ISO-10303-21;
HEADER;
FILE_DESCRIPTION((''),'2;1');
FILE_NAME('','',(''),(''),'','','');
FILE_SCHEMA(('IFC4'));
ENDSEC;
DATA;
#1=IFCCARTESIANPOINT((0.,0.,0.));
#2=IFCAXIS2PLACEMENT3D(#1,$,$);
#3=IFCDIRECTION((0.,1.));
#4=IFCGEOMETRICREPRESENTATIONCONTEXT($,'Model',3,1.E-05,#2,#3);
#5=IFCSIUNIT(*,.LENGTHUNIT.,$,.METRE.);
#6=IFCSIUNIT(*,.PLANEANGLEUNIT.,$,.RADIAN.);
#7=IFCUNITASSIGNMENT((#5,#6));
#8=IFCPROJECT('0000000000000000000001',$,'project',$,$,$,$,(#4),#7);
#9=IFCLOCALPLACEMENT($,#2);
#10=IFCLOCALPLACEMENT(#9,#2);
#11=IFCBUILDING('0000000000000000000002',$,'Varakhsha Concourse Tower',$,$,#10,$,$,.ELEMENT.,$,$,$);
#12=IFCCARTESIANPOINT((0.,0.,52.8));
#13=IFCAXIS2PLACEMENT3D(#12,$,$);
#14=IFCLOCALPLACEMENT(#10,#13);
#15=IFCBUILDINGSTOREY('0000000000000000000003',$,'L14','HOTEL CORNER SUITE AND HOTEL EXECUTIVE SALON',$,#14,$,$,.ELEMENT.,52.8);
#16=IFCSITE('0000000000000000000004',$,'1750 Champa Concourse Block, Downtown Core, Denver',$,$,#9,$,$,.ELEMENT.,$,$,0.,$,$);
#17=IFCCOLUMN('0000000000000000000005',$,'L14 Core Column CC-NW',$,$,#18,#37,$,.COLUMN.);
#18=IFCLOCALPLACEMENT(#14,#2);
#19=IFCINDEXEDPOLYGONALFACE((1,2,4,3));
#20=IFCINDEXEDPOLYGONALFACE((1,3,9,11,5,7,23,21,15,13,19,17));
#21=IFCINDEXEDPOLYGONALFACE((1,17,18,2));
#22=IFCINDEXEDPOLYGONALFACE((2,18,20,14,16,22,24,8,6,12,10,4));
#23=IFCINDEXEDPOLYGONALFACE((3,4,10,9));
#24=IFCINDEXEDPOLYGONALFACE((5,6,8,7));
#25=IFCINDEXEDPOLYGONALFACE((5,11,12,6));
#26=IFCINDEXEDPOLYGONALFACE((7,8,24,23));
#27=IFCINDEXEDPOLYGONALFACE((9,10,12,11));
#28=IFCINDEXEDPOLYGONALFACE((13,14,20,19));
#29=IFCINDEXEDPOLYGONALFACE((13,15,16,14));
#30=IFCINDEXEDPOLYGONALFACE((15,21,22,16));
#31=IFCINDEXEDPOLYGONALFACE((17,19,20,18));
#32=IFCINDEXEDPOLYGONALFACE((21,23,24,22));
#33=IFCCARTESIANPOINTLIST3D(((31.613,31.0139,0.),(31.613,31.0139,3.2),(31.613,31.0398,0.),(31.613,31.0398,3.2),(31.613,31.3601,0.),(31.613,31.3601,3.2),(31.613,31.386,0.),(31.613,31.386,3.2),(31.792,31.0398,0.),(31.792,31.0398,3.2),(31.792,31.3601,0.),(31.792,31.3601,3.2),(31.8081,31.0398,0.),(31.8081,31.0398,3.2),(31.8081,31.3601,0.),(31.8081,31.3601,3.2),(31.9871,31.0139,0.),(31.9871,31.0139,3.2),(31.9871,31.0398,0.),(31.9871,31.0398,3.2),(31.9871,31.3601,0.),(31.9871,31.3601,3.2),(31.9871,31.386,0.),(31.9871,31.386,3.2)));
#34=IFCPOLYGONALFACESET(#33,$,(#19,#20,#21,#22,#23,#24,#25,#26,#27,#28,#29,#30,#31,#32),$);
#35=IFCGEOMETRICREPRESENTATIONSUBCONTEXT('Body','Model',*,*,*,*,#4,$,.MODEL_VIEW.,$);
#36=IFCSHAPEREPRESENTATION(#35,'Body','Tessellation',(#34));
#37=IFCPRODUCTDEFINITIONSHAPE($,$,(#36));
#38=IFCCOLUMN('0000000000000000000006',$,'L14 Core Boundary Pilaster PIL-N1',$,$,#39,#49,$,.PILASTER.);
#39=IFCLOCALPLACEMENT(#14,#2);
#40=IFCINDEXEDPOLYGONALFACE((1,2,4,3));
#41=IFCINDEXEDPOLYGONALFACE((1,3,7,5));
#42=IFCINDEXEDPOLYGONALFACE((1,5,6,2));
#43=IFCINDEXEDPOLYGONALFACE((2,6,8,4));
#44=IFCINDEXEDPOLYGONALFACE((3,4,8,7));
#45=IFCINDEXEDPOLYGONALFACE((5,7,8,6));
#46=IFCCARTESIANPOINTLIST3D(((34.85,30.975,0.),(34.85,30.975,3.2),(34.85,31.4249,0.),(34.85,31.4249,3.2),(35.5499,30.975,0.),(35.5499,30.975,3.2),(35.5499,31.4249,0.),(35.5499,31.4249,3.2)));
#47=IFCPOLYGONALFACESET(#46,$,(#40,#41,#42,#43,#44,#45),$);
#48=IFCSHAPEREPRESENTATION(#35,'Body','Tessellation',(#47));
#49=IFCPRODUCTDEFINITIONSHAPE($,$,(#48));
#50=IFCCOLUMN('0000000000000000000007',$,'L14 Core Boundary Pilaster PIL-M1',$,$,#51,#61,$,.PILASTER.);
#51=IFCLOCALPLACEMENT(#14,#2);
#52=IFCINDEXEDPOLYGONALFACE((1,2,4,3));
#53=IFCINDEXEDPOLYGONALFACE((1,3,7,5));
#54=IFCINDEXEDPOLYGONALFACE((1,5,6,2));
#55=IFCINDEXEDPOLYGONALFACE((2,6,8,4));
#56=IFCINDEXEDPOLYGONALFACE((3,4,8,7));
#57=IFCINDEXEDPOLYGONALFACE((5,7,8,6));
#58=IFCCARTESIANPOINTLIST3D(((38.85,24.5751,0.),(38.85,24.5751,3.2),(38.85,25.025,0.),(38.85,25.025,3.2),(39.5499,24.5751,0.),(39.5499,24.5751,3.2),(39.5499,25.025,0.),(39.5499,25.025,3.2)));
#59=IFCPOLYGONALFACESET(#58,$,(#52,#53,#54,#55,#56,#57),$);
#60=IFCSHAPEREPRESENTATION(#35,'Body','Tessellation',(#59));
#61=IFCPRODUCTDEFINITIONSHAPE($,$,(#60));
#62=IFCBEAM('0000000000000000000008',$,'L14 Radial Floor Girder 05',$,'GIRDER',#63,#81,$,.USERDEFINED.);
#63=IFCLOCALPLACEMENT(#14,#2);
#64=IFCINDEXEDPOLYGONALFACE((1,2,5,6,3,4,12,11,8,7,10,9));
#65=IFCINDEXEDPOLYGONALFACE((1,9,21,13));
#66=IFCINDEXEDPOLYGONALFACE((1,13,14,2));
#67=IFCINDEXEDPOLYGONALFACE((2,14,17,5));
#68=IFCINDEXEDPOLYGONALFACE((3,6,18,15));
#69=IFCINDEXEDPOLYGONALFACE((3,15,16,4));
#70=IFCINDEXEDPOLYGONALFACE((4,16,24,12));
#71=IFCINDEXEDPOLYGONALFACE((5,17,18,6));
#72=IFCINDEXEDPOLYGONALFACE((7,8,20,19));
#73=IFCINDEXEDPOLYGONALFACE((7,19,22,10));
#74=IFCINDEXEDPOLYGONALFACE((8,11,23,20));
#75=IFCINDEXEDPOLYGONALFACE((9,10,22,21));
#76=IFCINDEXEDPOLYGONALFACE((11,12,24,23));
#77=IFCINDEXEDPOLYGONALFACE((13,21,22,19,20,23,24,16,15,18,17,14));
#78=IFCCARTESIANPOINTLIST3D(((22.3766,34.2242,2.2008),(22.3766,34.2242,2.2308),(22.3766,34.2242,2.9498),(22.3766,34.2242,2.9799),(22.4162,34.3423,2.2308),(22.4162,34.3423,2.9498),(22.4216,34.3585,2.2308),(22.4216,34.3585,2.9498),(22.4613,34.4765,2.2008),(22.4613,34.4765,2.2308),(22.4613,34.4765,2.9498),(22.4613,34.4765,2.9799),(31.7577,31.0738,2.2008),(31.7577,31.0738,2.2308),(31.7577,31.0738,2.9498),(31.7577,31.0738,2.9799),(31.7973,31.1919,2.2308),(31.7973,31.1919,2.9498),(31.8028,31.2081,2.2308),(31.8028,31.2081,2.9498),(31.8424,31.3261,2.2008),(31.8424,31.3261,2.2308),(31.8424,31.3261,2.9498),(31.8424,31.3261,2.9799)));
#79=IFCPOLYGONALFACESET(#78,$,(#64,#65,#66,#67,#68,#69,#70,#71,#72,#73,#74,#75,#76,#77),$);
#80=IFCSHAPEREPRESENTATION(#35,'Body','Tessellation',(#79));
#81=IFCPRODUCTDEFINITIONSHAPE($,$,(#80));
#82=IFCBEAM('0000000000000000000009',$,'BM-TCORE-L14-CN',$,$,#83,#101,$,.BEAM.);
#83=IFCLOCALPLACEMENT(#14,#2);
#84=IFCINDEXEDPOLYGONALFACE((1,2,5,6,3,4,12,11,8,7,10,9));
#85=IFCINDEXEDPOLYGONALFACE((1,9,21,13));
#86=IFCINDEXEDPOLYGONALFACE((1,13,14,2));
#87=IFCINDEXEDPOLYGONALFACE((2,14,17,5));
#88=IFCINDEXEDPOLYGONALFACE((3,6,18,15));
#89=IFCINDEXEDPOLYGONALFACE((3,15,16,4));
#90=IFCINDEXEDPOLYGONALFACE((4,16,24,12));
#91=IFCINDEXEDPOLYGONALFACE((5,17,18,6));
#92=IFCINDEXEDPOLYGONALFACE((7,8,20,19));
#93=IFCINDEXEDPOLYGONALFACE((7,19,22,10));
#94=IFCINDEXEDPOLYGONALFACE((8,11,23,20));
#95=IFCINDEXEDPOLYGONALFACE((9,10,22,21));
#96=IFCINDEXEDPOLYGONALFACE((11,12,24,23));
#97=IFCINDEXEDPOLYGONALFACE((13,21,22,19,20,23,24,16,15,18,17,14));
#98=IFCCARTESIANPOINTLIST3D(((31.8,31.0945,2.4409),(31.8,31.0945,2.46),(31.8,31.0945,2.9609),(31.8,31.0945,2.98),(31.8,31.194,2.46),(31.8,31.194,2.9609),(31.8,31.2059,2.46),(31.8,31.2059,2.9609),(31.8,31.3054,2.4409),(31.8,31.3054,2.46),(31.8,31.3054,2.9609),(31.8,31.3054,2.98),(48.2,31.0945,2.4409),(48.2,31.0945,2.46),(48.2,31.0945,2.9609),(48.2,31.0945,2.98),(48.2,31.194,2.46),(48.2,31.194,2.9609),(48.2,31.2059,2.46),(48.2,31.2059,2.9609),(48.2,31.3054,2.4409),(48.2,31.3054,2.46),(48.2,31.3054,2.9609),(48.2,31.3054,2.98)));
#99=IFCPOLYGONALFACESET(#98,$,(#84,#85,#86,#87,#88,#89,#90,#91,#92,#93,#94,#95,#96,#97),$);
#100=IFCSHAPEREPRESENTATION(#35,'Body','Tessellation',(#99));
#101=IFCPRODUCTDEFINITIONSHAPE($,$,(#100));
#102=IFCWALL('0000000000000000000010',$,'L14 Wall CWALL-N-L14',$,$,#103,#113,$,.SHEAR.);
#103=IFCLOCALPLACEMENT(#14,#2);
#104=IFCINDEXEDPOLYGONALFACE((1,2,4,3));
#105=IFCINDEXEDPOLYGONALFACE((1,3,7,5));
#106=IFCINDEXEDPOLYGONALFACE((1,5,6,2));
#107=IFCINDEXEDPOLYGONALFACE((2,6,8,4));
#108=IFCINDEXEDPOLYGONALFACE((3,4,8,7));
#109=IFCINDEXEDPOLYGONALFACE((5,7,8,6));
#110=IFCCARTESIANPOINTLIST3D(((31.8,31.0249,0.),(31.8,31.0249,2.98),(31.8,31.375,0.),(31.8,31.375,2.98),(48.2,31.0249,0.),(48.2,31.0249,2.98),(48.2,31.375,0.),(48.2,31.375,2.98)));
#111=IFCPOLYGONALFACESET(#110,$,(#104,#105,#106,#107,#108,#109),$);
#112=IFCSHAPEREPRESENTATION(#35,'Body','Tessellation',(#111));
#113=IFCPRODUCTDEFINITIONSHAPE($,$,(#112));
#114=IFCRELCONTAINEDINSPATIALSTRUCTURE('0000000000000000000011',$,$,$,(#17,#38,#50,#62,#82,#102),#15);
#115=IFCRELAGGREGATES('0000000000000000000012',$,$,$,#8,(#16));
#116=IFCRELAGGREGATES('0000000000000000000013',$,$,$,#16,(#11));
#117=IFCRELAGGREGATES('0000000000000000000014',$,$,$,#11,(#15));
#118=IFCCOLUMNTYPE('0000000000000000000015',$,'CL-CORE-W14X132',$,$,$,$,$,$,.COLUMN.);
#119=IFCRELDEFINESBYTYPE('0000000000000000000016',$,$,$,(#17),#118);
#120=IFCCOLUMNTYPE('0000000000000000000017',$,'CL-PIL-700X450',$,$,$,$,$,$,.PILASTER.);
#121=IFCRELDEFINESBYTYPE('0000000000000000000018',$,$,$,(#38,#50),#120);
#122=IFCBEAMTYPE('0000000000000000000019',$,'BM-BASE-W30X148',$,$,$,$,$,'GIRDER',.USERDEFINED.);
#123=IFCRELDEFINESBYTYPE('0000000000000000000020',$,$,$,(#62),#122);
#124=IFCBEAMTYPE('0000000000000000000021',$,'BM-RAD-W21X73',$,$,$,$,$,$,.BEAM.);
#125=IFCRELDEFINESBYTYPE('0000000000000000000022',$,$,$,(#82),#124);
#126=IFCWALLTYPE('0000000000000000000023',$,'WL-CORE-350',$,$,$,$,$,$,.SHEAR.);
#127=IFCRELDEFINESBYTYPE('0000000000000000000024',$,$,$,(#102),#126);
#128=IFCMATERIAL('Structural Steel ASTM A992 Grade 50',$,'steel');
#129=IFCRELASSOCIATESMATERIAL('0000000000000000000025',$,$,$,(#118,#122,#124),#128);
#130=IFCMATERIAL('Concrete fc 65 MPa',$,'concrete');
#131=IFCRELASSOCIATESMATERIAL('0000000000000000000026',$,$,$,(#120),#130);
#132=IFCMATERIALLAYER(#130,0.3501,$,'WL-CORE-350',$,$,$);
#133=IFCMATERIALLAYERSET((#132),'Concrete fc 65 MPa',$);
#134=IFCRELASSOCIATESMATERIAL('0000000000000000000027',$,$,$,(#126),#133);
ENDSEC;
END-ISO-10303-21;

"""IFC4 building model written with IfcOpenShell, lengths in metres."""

from ifc_helpers import new_model, si_unit, direction, frame, frame_2d, origin, origin_2d, place, context, subcontext, project, spatial, rectangle, i_section, extrude, material, layer, layer_set, material_profile, profile_set, type_object, element, save


model = new_model("IFC4")

# Units and contexts
model_context = context("Model", 3, precision=1e-05, world=origin(), true_north=direction((0.0, 1.0)))
body_context = subcontext(model_context, "Body", "Model", "MODEL_VIEW")
ifc_project = project(units=[si_unit("LENGTHUNIT", "METRE"), si_unit("PLANEANGLEUNIT", "RADIAN")], contexts=[model_context])

# Site, building, storey
site_placement = place(None, origin())
site = spatial("IfcSite", under=ifc_project, at=site_placement, Name="1750 Champa Concourse Block, Downtown Core, Denver", CompositionType="ELEMENT", RefElevation=0.0)
building_placement = place(site_placement, origin())
building = spatial("IfcBuilding", under=site, at=building_placement, Name="Varakhsha Concourse Tower", CompositionType="ELEMENT")
storey_placement = place(building_placement, frame((0.0, 0.0, 52.8)))
storey = spatial("IfcBuildingStorey", under=building, at=storey_placement, Name="L14", Description="HOTEL CORNER SUITE AND HOTEL EXECUTIVE SALON", CompositionType="ELEMENT", Elevation=52.8)

# Columns
ifc_material_1 = material(Name="Structural Steel ASTM A992 Grade 50", Category="steel")
ifc_material_profile_1 = material_profile(ifc_material_1, i_section(OverallWidth=0.374, OverallDepth=0.3721, WebThickness=0.0161, FlangeThickness=0.0259, at=origin_2d()), Name="W14X132")
ifc_profile_set_1 = profile_set([ifc_material_profile_1], Name="Structural Steel ASTM A992 Grade 50")
column_type_1 = type_object("IfcColumnType", Name="CL-CORE-W14X132", PredefinedType="COLUMN", material=ifc_profile_set_1)
column_placement = place(storey_placement, frame((31.8, 31.2, 0.0), z_axis=(0.0, 0.0, 1.0), x_axis=(1.0, 0.0, 0.0)))
element("IfcColumn", 1, at=column_placement, inside=storey, type_object=column_type_1, Name="L14 Core Column CC-NW", PredefinedType="COLUMN", context=body_context, shape_type="SweptSolid", body=[
    extrude(i_section(OverallWidth=0.374, OverallDepth=0.3721, WebThickness=0.0161, FlangeThickness=0.0259, at=origin_2d()), origin(), (0.0, 0.0, 1.0), 3.2),
])
ifc_material_2 = material(Name="Concrete fc 65 MPa", Category="concrete")
ifc_material_profile_2 = material_profile(ifc_material_2, rectangle(XDim=0.7, YDim=0.45, at=origin_2d()), Name="RC 700x450")
ifc_profile_set_2 = profile_set([ifc_material_profile_2], Name="Concrete fc 65 MPa")
column_type_2 = type_object("IfcColumnType", Name="CL-PIL-700X450", PredefinedType="PILASTER", material=ifc_profile_set_2)
for number, where, z_axis, x_axis, name in (
    (2, (35.2, 31.2, 0.0), (0.0, 0.0, 1.0), (1.0, 0.0, 0.0), "L14 Core Boundary Pilaster PIL-N1"),
    (3, (39.2, 24.8, 0.0), (0.0, 0.0, 1.0), (1.0, 0.0, 0.0), "L14 Core Boundary Pilaster PIL-M1"),
):
    element("IfcColumn", number, at=place(storey_placement, frame(where, z_axis=z_axis, x_axis=x_axis)), inside=storey, type_object=column_type_2, Name=name, PredefinedType="PILASTER", context=body_context, shape_type="SweptSolid", body=[
        extrude(rectangle(XDim=0.7, YDim=0.45, at=origin_2d()), origin(), (0.0, 0.0, 1.0), 3.2),
    ])

# Beams
ifc_material_profile_3 = material_profile(ifc_material_1, i_section(OverallWidth=0.2661, OverallDepth=0.7791, WebThickness=0.0171, FlangeThickness=0.03, at=origin_2d()), Name="W30X148")
ifc_profile_set_3 = profile_set([ifc_material_profile_3], Name="Structural Steel ASTM A992 Grade 50")
beam_type_1 = type_object("IfcBeamType", Name="BM-BASE-W30X148", ElementType="GIRDER", PredefinedType="USERDEFINED", material=ifc_profile_set_3)
beam_1_placement = place(storey_placement, frame((31.8, 31.2, 2.5903), z_axis=(-0.947973, 0.318351, 0.0), x_axis=(-0.318351, -0.947973, 0.0)))
element("IfcBeam", 4, at=beam_1_placement, inside=storey, type_object=beam_type_1, Name="L14 Radial Floor Girder 05", ObjectType="GIRDER", PredefinedType="USERDEFINED", context=body_context, shape_type="SweptSolid", body=[
    extrude(i_section(OverallWidth=0.2661, OverallDepth=0.7791, WebThickness=0.0171, FlangeThickness=0.03, at=origin_2d()), origin(), (0.0, 0.0, 1.0), 9.896),
])
ifc_material_profile_4 = material_profile(ifc_material_1, i_section(OverallWidth=0.2109, OverallDepth=0.5391, WebThickness=0.012, FlangeThickness=0.019, at=origin_2d()), Name="W21X73")
ifc_profile_set_4 = profile_set([ifc_material_profile_4], Name="Structural Steel ASTM A992 Grade 50")
beam_type_2 = type_object("IfcBeamType", Name="BM-RAD-W21X73", PredefinedType="BEAM", material=ifc_profile_set_4)
beam_2_placement = place(storey_placement, frame((31.8, 31.2, 2.7104), z_axis=(1.0, 0.0, 0.0), x_axis=(0.0, 1.0, 0.0)))
element("IfcBeam", 5, at=beam_2_placement, inside=storey, type_object=beam_type_2, Name="BM-TCORE-L14-CN", PredefinedType="BEAM", context=body_context, shape_type="SweptSolid", body=[
    extrude(i_section(OverallWidth=0.2109, OverallDepth=0.5391, WebThickness=0.012, FlangeThickness=0.019, at=origin_2d()), origin(), (0.0, 0.0, 1.0), 16.3999),
])

# Wall
ifc_layer_1 = layer(ifc_material_2, 0.3501, Name="WL-CORE-350")
ifc_layer_set_1 = layer_set([ifc_layer_1], Name="Concrete fc 65 MPa")
wall_type_1 = type_object("IfcWallType", Name="WL-CORE-350", PredefinedType="SHEAR", material=ifc_layer_set_1)
wall_1_placement = place(storey_placement, frame((31.8, 31.2, 0.0), z_axis=(0.0, 0.0, 1.0), x_axis=(1.0, 0.0, 0.0)))
element("IfcWall", 6, at=wall_1_placement, inside=storey, type_object=wall_type_1, Name="L14 Wall CWALL-N-L14", PredefinedType="SHEAR", context=body_context, shape_type="SweptSolid", body=[
    extrude(rectangle(XDim=16.3999, YDim=0.3501, at=frame_2d((8.2, 0.0))), origin(), (0.0, 0.0, 1.0), 2.98),
])

save(model, "model.ifc")
